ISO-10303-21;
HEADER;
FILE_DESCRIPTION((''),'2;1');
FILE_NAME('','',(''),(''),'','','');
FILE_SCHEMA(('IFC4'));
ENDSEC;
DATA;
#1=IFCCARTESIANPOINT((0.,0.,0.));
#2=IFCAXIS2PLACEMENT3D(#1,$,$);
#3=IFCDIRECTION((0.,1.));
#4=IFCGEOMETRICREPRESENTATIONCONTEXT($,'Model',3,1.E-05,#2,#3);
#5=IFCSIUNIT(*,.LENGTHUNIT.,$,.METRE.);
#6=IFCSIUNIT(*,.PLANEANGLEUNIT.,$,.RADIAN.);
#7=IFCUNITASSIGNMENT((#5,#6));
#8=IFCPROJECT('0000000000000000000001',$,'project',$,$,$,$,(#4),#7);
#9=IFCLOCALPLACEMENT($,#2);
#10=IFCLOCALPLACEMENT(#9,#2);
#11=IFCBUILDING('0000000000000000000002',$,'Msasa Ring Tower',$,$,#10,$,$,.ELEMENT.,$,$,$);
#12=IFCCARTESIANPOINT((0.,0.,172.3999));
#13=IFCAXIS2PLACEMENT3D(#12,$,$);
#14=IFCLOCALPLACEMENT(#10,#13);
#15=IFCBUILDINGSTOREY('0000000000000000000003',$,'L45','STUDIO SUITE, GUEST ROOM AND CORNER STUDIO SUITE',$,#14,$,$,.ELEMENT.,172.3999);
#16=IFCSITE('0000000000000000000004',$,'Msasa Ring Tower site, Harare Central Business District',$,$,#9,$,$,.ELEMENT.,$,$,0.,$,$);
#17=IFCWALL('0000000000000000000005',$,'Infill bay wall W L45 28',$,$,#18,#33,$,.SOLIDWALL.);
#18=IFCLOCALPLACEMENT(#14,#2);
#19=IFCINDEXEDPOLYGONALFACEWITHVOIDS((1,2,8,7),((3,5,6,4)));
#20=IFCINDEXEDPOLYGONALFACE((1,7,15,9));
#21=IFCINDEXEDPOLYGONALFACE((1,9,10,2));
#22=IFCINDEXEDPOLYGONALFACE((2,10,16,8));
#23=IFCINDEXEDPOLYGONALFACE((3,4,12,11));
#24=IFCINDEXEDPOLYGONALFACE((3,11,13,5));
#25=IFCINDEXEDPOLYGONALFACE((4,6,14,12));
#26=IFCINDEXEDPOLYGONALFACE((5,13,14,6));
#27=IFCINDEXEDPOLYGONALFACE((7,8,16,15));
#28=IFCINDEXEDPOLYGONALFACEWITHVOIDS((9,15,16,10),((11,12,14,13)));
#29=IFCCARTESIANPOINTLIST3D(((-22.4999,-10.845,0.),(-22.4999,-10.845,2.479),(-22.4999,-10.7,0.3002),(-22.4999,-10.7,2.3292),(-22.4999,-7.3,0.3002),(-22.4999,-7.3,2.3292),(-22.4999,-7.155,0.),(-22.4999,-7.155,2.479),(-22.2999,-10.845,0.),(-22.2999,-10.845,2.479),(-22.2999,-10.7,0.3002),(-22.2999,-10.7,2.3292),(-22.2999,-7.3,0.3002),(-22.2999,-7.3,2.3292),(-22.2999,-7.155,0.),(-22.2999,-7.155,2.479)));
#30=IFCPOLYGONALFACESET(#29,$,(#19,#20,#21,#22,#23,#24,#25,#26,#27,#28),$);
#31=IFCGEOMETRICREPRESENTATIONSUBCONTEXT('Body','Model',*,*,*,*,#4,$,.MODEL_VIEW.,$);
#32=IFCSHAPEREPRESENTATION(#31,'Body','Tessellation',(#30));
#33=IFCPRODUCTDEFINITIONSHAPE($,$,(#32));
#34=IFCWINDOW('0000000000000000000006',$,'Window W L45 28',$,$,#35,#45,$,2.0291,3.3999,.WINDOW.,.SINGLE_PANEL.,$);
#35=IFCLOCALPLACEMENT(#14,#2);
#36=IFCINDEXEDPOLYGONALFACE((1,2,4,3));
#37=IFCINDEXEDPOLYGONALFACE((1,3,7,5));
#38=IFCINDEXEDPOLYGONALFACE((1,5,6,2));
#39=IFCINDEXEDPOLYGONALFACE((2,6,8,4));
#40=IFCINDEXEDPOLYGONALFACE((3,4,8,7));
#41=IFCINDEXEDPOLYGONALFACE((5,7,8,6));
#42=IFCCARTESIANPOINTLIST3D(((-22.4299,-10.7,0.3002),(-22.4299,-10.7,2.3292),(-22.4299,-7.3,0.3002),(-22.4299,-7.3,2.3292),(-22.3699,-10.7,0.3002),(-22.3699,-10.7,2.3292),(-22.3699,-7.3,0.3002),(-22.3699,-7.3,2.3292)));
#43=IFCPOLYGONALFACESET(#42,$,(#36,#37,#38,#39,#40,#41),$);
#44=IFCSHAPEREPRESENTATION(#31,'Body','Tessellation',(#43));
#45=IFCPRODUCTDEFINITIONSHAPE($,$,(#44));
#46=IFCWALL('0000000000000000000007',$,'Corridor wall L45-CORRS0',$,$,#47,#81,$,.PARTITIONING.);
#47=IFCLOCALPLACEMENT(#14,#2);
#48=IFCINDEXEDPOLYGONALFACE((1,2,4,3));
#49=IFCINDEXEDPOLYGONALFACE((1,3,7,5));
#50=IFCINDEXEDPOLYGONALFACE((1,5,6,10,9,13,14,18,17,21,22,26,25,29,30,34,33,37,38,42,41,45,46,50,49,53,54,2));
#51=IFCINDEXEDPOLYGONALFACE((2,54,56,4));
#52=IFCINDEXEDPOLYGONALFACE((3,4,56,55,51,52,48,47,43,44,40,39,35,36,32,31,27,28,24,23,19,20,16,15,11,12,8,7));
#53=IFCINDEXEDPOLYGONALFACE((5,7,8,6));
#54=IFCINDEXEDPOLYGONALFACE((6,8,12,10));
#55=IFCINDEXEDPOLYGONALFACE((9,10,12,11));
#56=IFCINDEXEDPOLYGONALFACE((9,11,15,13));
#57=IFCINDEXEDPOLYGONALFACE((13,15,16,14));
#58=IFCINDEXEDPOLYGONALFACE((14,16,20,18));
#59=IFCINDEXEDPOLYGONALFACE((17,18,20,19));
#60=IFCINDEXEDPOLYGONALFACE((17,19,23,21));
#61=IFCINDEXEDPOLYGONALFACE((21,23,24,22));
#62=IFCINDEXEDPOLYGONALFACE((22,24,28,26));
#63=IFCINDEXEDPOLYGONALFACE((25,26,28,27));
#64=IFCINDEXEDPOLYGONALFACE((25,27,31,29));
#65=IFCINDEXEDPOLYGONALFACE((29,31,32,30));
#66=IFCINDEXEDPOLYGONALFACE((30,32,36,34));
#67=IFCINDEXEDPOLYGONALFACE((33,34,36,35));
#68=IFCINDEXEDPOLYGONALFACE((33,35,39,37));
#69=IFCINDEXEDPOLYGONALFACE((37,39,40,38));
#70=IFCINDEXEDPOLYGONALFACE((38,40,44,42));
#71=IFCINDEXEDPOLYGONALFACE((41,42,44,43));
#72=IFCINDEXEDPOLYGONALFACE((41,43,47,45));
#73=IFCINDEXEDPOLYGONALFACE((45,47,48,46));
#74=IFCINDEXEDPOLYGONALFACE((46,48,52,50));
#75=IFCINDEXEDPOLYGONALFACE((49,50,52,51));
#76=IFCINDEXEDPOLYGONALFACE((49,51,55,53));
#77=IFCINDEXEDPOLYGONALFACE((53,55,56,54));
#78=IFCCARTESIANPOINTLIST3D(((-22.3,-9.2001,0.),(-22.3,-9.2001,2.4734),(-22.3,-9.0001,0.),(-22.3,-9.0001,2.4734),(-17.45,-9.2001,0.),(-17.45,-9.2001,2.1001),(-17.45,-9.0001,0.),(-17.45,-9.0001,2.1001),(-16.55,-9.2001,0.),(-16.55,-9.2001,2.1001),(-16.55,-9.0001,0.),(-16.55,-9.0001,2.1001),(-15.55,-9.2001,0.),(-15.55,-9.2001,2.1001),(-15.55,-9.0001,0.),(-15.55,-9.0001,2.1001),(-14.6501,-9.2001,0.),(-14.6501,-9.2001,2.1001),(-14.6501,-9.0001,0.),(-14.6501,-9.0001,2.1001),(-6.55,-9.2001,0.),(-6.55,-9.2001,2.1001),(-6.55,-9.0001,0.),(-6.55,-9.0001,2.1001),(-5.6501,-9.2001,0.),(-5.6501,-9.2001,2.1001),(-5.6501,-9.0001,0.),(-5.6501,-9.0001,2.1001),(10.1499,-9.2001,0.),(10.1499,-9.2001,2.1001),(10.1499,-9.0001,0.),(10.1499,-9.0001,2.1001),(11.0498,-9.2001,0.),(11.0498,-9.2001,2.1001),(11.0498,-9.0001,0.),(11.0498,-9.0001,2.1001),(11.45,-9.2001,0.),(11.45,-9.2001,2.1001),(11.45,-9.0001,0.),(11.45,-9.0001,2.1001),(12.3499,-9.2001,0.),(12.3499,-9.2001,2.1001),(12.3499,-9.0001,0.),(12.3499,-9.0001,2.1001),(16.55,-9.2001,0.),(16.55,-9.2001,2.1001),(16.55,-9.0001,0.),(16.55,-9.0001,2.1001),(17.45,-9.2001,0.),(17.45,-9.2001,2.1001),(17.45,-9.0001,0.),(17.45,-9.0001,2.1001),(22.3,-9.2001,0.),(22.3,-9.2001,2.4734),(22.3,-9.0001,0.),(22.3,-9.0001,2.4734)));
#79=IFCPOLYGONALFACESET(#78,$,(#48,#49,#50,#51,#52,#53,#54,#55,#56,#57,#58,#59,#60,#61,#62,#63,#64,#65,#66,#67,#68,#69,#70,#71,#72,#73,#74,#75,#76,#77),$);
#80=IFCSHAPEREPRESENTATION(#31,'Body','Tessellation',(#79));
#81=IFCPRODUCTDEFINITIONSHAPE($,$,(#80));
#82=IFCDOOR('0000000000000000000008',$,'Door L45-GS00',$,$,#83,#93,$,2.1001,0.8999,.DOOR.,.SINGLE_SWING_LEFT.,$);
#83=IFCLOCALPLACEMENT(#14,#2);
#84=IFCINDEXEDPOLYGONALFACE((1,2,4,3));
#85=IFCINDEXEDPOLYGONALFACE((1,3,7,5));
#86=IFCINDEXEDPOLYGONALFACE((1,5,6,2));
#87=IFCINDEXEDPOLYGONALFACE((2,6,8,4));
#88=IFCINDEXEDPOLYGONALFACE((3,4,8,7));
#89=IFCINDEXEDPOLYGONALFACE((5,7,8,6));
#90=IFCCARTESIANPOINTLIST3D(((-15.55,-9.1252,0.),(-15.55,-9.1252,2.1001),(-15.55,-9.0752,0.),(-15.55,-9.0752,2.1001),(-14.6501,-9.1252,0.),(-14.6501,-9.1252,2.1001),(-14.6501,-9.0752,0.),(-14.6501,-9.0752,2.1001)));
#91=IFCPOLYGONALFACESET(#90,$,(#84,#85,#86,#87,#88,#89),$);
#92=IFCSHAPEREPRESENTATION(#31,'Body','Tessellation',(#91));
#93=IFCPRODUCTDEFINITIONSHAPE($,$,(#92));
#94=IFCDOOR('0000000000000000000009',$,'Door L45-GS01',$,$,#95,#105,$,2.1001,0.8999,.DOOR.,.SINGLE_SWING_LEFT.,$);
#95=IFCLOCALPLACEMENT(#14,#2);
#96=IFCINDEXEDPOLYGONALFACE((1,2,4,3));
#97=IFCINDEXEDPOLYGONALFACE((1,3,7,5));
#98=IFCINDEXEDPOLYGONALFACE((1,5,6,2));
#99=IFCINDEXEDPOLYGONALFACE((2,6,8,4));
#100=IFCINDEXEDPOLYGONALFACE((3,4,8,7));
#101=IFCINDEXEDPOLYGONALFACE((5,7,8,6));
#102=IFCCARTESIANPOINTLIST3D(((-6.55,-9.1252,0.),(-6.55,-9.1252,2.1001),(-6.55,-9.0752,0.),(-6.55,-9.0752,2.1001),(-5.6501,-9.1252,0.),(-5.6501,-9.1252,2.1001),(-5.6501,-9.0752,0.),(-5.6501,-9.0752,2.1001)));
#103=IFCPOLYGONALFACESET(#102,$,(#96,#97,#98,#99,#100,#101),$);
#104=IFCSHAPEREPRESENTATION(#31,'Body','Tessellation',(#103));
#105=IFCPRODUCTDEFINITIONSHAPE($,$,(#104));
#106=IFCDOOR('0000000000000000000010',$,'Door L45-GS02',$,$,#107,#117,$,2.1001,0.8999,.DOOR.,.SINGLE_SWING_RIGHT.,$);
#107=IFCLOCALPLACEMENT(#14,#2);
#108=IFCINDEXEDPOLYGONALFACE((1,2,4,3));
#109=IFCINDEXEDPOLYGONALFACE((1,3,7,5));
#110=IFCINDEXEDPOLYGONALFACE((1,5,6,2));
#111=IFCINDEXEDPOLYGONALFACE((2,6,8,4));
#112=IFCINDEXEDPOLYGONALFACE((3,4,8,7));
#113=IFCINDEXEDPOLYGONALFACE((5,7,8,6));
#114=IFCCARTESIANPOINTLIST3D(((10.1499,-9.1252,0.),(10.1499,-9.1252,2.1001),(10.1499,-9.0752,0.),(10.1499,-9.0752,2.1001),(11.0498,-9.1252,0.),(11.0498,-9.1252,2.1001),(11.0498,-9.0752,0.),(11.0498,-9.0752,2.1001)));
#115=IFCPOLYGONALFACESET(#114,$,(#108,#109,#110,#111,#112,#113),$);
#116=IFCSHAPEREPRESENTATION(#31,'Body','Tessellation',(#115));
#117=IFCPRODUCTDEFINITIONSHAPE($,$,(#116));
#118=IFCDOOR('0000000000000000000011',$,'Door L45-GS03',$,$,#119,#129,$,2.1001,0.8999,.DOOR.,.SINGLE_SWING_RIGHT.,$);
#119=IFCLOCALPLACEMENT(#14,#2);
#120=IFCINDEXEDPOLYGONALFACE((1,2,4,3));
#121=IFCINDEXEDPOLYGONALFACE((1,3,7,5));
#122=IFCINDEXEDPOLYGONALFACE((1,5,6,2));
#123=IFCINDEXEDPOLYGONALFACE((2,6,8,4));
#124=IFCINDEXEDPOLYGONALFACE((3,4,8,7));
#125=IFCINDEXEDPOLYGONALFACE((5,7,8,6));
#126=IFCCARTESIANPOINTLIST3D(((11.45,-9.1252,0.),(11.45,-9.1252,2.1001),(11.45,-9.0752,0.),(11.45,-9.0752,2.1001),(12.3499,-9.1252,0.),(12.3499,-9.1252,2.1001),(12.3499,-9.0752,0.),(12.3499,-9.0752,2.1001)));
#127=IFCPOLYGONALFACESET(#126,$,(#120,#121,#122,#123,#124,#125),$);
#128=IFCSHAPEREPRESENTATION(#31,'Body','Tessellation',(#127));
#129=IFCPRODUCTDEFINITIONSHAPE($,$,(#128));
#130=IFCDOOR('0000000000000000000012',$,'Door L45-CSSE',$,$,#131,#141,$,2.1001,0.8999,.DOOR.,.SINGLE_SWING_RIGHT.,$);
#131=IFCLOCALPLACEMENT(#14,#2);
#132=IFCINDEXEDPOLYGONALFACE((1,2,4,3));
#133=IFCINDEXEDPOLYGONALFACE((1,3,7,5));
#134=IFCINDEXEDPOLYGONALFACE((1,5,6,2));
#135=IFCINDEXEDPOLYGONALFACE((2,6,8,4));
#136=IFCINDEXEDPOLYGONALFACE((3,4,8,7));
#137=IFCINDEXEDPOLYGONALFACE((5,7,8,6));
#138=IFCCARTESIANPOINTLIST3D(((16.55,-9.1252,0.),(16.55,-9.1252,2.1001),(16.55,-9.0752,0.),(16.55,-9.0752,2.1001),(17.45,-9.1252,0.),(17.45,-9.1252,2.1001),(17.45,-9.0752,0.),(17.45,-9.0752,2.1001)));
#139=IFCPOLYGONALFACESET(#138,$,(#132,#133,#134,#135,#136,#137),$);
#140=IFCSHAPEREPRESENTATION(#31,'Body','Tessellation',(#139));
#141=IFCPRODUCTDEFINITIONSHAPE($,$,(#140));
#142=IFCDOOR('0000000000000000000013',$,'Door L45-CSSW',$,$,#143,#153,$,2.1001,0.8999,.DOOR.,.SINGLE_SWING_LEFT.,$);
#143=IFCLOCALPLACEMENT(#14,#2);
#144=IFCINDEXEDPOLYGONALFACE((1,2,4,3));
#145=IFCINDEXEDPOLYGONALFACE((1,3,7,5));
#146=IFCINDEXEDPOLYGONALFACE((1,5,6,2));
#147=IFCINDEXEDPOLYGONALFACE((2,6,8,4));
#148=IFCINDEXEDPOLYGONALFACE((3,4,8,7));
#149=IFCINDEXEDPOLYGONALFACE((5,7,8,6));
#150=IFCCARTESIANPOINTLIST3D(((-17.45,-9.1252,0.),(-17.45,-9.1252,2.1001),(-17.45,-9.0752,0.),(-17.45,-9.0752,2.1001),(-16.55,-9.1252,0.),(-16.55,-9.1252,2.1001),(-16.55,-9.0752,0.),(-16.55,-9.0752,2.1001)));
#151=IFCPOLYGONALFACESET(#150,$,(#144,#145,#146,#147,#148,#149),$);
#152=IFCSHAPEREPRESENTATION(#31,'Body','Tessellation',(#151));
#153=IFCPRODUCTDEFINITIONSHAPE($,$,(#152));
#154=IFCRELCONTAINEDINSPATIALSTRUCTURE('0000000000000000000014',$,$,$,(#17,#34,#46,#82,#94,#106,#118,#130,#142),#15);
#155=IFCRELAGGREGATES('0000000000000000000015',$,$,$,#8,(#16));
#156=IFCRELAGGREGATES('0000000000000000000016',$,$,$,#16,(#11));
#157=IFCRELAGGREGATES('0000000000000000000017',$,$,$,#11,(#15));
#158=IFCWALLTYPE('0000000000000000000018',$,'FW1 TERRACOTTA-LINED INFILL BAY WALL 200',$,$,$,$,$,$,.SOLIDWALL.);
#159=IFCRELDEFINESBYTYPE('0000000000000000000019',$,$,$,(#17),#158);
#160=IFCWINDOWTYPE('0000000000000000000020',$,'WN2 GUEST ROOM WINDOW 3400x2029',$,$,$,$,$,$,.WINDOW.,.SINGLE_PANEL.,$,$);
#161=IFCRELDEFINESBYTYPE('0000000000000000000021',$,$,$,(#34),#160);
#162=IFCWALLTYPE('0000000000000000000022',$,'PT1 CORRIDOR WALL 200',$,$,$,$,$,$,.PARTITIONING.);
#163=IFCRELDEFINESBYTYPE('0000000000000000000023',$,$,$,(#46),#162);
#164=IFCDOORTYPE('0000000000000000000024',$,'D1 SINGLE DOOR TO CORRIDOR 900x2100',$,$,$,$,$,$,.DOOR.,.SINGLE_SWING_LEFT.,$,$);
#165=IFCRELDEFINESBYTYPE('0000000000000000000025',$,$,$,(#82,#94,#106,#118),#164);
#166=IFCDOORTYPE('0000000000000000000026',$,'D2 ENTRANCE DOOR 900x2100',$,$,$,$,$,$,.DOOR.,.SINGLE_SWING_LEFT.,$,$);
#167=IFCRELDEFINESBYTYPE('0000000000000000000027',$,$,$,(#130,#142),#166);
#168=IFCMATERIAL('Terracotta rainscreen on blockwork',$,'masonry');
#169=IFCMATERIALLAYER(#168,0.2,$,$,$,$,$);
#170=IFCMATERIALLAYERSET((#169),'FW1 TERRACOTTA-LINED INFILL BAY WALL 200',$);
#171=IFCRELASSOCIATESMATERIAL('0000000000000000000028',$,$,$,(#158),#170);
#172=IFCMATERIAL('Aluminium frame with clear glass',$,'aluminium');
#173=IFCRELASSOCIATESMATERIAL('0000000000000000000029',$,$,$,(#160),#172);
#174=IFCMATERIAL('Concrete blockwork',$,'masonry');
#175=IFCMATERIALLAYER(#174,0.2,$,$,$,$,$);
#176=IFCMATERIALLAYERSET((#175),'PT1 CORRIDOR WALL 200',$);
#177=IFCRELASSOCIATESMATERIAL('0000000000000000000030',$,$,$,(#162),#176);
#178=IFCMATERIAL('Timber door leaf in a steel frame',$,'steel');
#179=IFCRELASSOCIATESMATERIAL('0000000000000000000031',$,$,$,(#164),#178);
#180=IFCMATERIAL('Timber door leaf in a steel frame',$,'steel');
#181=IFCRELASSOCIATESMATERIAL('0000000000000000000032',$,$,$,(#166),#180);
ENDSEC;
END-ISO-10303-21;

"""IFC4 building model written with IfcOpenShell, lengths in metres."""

from ifc_helpers import new_model, si_unit, direction, frame, frame_2d, origin, place, context, subcontext, project, spatial, rectangle, extrude, material, layer, layer_set, type_object, element, fill, save


model = new_model("IFC4")

# Units and contexts
model_context = context("Model", 3, precision=1e-05, world=origin(), true_north=direction((0.0, 1.0)))
body_context = subcontext(model_context, "Body", "Model", "MODEL_VIEW")
ifc_project = project(units=[si_unit("LENGTHUNIT", "METRE"), si_unit("PLANEANGLEUNIT", "RADIAN")], contexts=[model_context])

# Site, building, storey
site_placement = place(None, origin())
site = spatial("IfcSite", under=ifc_project, at=site_placement, Name="Msasa Ring Tower site, Harare Central Business District", CompositionType="ELEMENT", RefElevation=0.0)
building_placement = place(site_placement, origin())
building = spatial("IfcBuilding", under=site, at=building_placement, Name="Msasa Ring Tower", CompositionType="ELEMENT")
storey_placement = place(building_placement, frame((0.0, 0.0, 172.3999)))
storey = spatial("IfcBuildingStorey", under=building, at=storey_placement, Name="L45", Description="STUDIO SUITE, GUEST ROOM AND CORNER STUDIO SUITE", CompositionType="ELEMENT", Elevation=172.3999)

# Wall, opening, window
ifc_material_1 = material(Name="Terracotta rainscreen on blockwork", Category="masonry")
ifc_layer_1 = layer(ifc_material_1, 0.2)
ifc_layer_set_1 = layer_set([ifc_layer_1], Name="FW1 TERRACOTTA-LINED INFILL BAY WALL 200")
wall_type_1 = type_object("IfcWallType", Name="FW1 TERRACOTTA-LINED INFILL BAY WALL 200", PredefinedType="SOLIDWALL", material=ifc_layer_set_1)
ifc_material_2 = material(Name="Aluminium frame with clear glass", Category="aluminium")
window_type = type_object("IfcWindowType", Name="WN2 GUEST ROOM WINDOW 3400x2029", PartitioningType="SINGLE_PANEL", PredefinedType="WINDOW", material=ifc_material_2)
wall_1_placement = place(storey_placement, frame((-22.3999, -10.845, 0.0), z_axis=(0.0, 0.0, 1.0), x_axis=(0.0, 1.0, 0.0)))
wall_1 = element("IfcWall", 1, at=wall_1_placement, inside=storey, type_object=wall_type_1, Name="Infill bay wall W L45 28", PredefinedType="SOLIDWALL", context=body_context, shape_type="SweptSolid", body=[
    extrude(rectangle(XDim=3.6899, YDim=0.2, at=frame_2d((1.845, 0.0))), origin(), (0.0, 0.0, 1.0), 2.479),
])
opening_1_placement = place(wall_1_placement, frame((0.145, 0.0, 0.3)))
opening_1 = element("IfcOpeningElement", 2, at=opening_1_placement, cuts=wall_1, PredefinedType="OPENING", context=body_context, shape_type="SweptSolid", body=[
    extrude(rectangle(XDim=3.3999, YDim=2.0291, at=frame_2d((1.7, 1.0146))), frame((0.0, 0.1099, 0.0), z_axis=(0.0, -1.0, 0.0), x_axis=(1.0, 0.0, 0.0)), (0.0, 0.0, 1.0), 0.22),
])
window_1_placement = place(opening_1_placement, origin())
window_1 = element("IfcWindow", 3, at=window_1_placement, inside=storey, type_object=window_type, Name="Window W L45 28", OverallHeight=2.0291, OverallWidth=3.3999, PartitioningType="SINGLE_PANEL", PredefinedType="WINDOW", context=body_context, shape_type="SweptSolid", body=[
    extrude(rectangle(XDim=3.3999, YDim=2.0291, at=frame_2d((1.7, 1.0146))), frame((0.0, 0.03, 0.0), z_axis=(0.0, -1.0, 0.0), x_axis=(1.0, 0.0, 0.0)), (0.0, 0.0, 1.0), 0.0601),
])
fill(opening_1, window_1)

# Wall, openings, doors
ifc_material_3 = material(Name="Concrete blockwork", Category="masonry")
ifc_layer_2 = layer(ifc_material_3, 0.2)
ifc_layer_set_2 = layer_set([ifc_layer_2], Name="PT1 CORRIDOR WALL 200")
wall_type_2 = type_object("IfcWallType", Name="PT1 CORRIDOR WALL 200", PredefinedType="PARTITIONING", material=ifc_layer_set_2)
wall_2_placement = place(storey_placement, frame((-22.3, -9.1001, 0.0), z_axis=(0.0, 0.0, 1.0), x_axis=(1.0, 0.0, 0.0)))
wall_2 = element("IfcWall", 4, at=wall_2_placement, inside=storey, type_object=wall_type_2, Name="Corridor wall L45-CORRS0", PredefinedType="PARTITIONING", context=body_context, shape_type="SweptSolid", body=[
    extrude(rectangle(XDim=44.6001, YDim=0.2, at=frame_2d((22.3, 0.0))), origin(), (0.0, 0.0, 1.0), 2.4734),
])
opening_2_placement = place(wall_2_placement, frame((6.75, 0.0, 0.0)))
opening_2 = element("IfcOpeningElement", 5, at=opening_2_placement, cuts=wall_2, PredefinedType="OPENING", context=body_context, shape_type="SweptSolid", body=[
    extrude(rectangle(XDim=0.8999, YDim=2.1001, at=frame_2d((0.45, 1.05))), frame((0.0, 0.1099, 0.0), z_axis=(0.0, -1.0, 0.0), x_axis=(1.0, 0.0, 0.0)), (0.0, 0.0, 1.0), 0.22),
])
opening_3_placement = place(wall_2_placement, frame((15.75, 0.0, 0.0)))
opening_3 = element("IfcOpeningElement", 6, at=opening_3_placement, cuts=wall_2, PredefinedType="OPENING", context=body_context, shape_type="SweptSolid", body=[
    extrude(rectangle(XDim=0.8999, YDim=2.1001, at=frame_2d((0.45, 1.05))), frame((0.0, 0.1099, 0.0), z_axis=(0.0, -1.0, 0.0), x_axis=(1.0, 0.0, 0.0)), (0.0, 0.0, 1.0), 0.22),
])
opening_4_placement = place(wall_2_placement, frame((32.45, 0.0, 0.0)))
opening_4 = element("IfcOpeningElement", 7, at=opening_4_placement, cuts=wall_2, PredefinedType="OPENING", context=body_context, shape_type="SweptSolid", body=[
    extrude(rectangle(XDim=0.8999, YDim=2.1001, at=frame_2d((0.45, 1.05))), frame((0.0, 0.1099, 0.0), z_axis=(0.0, -1.0, 0.0), x_axis=(1.0, 0.0, 0.0)), (0.0, 0.0, 1.0), 0.22),
])
opening_5_placement = place(wall_2_placement, frame((33.75, 0.0, 0.0)))
opening_5 = element("IfcOpeningElement", 8, at=opening_5_placement, cuts=wall_2, PredefinedType="OPENING", context=body_context, shape_type="SweptSolid", body=[
    extrude(rectangle(XDim=0.8999, YDim=2.1001, at=frame_2d((0.45, 1.05))), frame((0.0, 0.1099, 0.0), z_axis=(0.0, -1.0, 0.0), x_axis=(1.0, 0.0, 0.0)), (0.0, 0.0, 1.0), 0.22),
])
opening_6_placement = place(wall_2_placement, frame((38.8501, 0.0, 0.0)))
opening_6 = element("IfcOpeningElement", 9, at=opening_6_placement, cuts=wall_2, PredefinedType="OPENING", context=body_context, shape_type="SweptSolid", body=[
    extrude(rectangle(XDim=0.8999, YDim=2.1001, at=frame_2d((0.45, 1.05))), frame((0.0, 0.1099, 0.0), z_axis=(0.0, -1.0, 0.0), x_axis=(1.0, 0.0, 0.0)), (0.0, 0.0, 1.0), 0.22),
])
opening_7_placement = place(wall_2_placement, frame((4.8501, 0.0, 0.0)))
opening_7 = element("IfcOpeningElement", 10, at=opening_7_placement, cuts=wall_2, PredefinedType="OPENING", context=body_context, shape_type="SweptSolid", body=[
    extrude(rectangle(XDim=0.8999, YDim=2.1001, at=frame_2d((0.45, 1.05))), frame((0.0, 0.1099, 0.0), z_axis=(0.0, -1.0, 0.0), x_axis=(1.0, 0.0, 0.0)), (0.0, 0.0, 1.0), 0.22),
])
ifc_material_4 = material(Name="Timber door leaf in a steel frame", Category="steel")
door_type_1 = type_object("IfcDoorType", Name="D1 SINGLE DOOR TO CORRIDOR 900x2100", OperationType="SINGLE_SWING_LEFT", PredefinedType="DOOR", material=ifc_material_4)
door_1_placement = place(opening_2_placement, origin())
door_1 = element("IfcDoor", 11, at=door_1_placement, inside=storey, type_object=door_type_1, Name="Door L45-GS00", OperationType="SINGLE_SWING_LEFT", OverallHeight=2.1001, OverallWidth=0.8999, PredefinedType="DOOR", context=body_context, shape_type="SweptSolid", body=[
    extrude(rectangle(XDim=0.8999, YDim=2.1001, at=frame_2d((0.45, 1.05))), frame((0.0, 0.0249, 0.0), z_axis=(0.0, -1.0, 0.0), x_axis=(1.0, 0.0, 0.0)), (0.0, 0.0, 1.0), 0.05),
])
fill(opening_2, door_1)
door_2_placement = place(opening_3_placement, origin())
door_2 = element("IfcDoor", 12, at=door_2_placement, inside=storey, type_object=door_type_1, Name="Door L45-GS01", OperationType="SINGLE_SWING_LEFT", OverallHeight=2.1001, OverallWidth=0.8999, PredefinedType="DOOR", context=body_context, shape_type="SweptSolid", body=[
    extrude(rectangle(XDim=0.8999, YDim=2.1001, at=frame_2d((0.45, 1.05))), frame((0.0, 0.0249, 0.0), z_axis=(0.0, -1.0, 0.0), x_axis=(1.0, 0.0, 0.0)), (0.0, 0.0, 1.0), 0.05),
])
fill(opening_3, door_2)
door_3_placement = place(opening_4_placement, origin())
door_3 = element("IfcDoor", 13, at=door_3_placement, inside=storey, type_object=door_type_1, Name="Door L45-GS02", OperationType="SINGLE_SWING_RIGHT", OverallHeight=2.1001, OverallWidth=0.8999, PredefinedType="DOOR", context=body_context, shape_type="SweptSolid", body=[
    extrude(rectangle(XDim=0.8999, YDim=2.1001, at=frame_2d((0.45, 1.05))), frame((0.0, 0.0249, 0.0), z_axis=(0.0, -1.0, 0.0), x_axis=(1.0, 0.0, 0.0)), (0.0, 0.0, 1.0), 0.05),
])
fill(opening_4, door_3)
door_4_placement = place(opening_5_placement, origin())
door_4 = element("IfcDoor", 14, at=door_4_placement, inside=storey, type_object=door_type_1, Name="Door L45-GS03", OperationType="SINGLE_SWING_RIGHT", OverallHeight=2.1001, OverallWidth=0.8999, PredefinedType="DOOR", context=body_context, shape_type="SweptSolid", body=[
    extrude(rectangle(XDim=0.8999, YDim=2.1001, at=frame_2d((0.45, 1.05))), frame((0.0, 0.0249, 0.0), z_axis=(0.0, -1.0, 0.0), x_axis=(1.0, 0.0, 0.0)), (0.0, 0.0, 1.0), 0.05),
])
fill(opening_5, door_4)
ifc_material_5 = material(Name="Timber door leaf in a steel frame", Category="steel")
door_type_2 = type_object("IfcDoorType", Name="D2 ENTRANCE DOOR 900x2100", OperationType="SINGLE_SWING_LEFT", PredefinedType="DOOR", material=ifc_material_5)
door_5_placement = place(opening_6_placement, origin())
door_5 = element("IfcDoor", 15, at=door_5_placement, inside=storey, type_object=door_type_2, Name="Door L45-CSSE", OperationType="SINGLE_SWING_RIGHT", OverallHeight=2.1001, OverallWidth=0.8999, PredefinedType="DOOR", context=body_context, shape_type="SweptSolid", body=[
    extrude(rectangle(XDim=0.8999, YDim=2.1001, at=frame_2d((0.45, 1.05))), frame((0.0, 0.0249, 0.0), z_axis=(0.0, -1.0, 0.0), x_axis=(1.0, 0.0, 0.0)), (0.0, 0.0, 1.0), 0.05),
])
fill(opening_6, door_5)
door_6_placement = place(opening_7_placement, origin())
door_6 = element("IfcDoor", 16, at=door_6_placement, inside=storey, type_object=door_type_2, Name="Door L45-CSSW", OperationType="SINGLE_SWING_LEFT", OverallHeight=2.1001, OverallWidth=0.8999, PredefinedType="DOOR", context=body_context, shape_type="SweptSolid", body=[
    extrude(rectangle(XDim=0.8999, YDim=2.1001, at=frame_2d((0.45, 1.05))), frame((0.0, 0.0249, 0.0), z_axis=(0.0, -1.0, 0.0), x_axis=(1.0, 0.0, 0.0)), (0.0, 0.0, 1.0), 0.05),
])
fill(opening_7, door_6)

save(model, "model.ifc")
